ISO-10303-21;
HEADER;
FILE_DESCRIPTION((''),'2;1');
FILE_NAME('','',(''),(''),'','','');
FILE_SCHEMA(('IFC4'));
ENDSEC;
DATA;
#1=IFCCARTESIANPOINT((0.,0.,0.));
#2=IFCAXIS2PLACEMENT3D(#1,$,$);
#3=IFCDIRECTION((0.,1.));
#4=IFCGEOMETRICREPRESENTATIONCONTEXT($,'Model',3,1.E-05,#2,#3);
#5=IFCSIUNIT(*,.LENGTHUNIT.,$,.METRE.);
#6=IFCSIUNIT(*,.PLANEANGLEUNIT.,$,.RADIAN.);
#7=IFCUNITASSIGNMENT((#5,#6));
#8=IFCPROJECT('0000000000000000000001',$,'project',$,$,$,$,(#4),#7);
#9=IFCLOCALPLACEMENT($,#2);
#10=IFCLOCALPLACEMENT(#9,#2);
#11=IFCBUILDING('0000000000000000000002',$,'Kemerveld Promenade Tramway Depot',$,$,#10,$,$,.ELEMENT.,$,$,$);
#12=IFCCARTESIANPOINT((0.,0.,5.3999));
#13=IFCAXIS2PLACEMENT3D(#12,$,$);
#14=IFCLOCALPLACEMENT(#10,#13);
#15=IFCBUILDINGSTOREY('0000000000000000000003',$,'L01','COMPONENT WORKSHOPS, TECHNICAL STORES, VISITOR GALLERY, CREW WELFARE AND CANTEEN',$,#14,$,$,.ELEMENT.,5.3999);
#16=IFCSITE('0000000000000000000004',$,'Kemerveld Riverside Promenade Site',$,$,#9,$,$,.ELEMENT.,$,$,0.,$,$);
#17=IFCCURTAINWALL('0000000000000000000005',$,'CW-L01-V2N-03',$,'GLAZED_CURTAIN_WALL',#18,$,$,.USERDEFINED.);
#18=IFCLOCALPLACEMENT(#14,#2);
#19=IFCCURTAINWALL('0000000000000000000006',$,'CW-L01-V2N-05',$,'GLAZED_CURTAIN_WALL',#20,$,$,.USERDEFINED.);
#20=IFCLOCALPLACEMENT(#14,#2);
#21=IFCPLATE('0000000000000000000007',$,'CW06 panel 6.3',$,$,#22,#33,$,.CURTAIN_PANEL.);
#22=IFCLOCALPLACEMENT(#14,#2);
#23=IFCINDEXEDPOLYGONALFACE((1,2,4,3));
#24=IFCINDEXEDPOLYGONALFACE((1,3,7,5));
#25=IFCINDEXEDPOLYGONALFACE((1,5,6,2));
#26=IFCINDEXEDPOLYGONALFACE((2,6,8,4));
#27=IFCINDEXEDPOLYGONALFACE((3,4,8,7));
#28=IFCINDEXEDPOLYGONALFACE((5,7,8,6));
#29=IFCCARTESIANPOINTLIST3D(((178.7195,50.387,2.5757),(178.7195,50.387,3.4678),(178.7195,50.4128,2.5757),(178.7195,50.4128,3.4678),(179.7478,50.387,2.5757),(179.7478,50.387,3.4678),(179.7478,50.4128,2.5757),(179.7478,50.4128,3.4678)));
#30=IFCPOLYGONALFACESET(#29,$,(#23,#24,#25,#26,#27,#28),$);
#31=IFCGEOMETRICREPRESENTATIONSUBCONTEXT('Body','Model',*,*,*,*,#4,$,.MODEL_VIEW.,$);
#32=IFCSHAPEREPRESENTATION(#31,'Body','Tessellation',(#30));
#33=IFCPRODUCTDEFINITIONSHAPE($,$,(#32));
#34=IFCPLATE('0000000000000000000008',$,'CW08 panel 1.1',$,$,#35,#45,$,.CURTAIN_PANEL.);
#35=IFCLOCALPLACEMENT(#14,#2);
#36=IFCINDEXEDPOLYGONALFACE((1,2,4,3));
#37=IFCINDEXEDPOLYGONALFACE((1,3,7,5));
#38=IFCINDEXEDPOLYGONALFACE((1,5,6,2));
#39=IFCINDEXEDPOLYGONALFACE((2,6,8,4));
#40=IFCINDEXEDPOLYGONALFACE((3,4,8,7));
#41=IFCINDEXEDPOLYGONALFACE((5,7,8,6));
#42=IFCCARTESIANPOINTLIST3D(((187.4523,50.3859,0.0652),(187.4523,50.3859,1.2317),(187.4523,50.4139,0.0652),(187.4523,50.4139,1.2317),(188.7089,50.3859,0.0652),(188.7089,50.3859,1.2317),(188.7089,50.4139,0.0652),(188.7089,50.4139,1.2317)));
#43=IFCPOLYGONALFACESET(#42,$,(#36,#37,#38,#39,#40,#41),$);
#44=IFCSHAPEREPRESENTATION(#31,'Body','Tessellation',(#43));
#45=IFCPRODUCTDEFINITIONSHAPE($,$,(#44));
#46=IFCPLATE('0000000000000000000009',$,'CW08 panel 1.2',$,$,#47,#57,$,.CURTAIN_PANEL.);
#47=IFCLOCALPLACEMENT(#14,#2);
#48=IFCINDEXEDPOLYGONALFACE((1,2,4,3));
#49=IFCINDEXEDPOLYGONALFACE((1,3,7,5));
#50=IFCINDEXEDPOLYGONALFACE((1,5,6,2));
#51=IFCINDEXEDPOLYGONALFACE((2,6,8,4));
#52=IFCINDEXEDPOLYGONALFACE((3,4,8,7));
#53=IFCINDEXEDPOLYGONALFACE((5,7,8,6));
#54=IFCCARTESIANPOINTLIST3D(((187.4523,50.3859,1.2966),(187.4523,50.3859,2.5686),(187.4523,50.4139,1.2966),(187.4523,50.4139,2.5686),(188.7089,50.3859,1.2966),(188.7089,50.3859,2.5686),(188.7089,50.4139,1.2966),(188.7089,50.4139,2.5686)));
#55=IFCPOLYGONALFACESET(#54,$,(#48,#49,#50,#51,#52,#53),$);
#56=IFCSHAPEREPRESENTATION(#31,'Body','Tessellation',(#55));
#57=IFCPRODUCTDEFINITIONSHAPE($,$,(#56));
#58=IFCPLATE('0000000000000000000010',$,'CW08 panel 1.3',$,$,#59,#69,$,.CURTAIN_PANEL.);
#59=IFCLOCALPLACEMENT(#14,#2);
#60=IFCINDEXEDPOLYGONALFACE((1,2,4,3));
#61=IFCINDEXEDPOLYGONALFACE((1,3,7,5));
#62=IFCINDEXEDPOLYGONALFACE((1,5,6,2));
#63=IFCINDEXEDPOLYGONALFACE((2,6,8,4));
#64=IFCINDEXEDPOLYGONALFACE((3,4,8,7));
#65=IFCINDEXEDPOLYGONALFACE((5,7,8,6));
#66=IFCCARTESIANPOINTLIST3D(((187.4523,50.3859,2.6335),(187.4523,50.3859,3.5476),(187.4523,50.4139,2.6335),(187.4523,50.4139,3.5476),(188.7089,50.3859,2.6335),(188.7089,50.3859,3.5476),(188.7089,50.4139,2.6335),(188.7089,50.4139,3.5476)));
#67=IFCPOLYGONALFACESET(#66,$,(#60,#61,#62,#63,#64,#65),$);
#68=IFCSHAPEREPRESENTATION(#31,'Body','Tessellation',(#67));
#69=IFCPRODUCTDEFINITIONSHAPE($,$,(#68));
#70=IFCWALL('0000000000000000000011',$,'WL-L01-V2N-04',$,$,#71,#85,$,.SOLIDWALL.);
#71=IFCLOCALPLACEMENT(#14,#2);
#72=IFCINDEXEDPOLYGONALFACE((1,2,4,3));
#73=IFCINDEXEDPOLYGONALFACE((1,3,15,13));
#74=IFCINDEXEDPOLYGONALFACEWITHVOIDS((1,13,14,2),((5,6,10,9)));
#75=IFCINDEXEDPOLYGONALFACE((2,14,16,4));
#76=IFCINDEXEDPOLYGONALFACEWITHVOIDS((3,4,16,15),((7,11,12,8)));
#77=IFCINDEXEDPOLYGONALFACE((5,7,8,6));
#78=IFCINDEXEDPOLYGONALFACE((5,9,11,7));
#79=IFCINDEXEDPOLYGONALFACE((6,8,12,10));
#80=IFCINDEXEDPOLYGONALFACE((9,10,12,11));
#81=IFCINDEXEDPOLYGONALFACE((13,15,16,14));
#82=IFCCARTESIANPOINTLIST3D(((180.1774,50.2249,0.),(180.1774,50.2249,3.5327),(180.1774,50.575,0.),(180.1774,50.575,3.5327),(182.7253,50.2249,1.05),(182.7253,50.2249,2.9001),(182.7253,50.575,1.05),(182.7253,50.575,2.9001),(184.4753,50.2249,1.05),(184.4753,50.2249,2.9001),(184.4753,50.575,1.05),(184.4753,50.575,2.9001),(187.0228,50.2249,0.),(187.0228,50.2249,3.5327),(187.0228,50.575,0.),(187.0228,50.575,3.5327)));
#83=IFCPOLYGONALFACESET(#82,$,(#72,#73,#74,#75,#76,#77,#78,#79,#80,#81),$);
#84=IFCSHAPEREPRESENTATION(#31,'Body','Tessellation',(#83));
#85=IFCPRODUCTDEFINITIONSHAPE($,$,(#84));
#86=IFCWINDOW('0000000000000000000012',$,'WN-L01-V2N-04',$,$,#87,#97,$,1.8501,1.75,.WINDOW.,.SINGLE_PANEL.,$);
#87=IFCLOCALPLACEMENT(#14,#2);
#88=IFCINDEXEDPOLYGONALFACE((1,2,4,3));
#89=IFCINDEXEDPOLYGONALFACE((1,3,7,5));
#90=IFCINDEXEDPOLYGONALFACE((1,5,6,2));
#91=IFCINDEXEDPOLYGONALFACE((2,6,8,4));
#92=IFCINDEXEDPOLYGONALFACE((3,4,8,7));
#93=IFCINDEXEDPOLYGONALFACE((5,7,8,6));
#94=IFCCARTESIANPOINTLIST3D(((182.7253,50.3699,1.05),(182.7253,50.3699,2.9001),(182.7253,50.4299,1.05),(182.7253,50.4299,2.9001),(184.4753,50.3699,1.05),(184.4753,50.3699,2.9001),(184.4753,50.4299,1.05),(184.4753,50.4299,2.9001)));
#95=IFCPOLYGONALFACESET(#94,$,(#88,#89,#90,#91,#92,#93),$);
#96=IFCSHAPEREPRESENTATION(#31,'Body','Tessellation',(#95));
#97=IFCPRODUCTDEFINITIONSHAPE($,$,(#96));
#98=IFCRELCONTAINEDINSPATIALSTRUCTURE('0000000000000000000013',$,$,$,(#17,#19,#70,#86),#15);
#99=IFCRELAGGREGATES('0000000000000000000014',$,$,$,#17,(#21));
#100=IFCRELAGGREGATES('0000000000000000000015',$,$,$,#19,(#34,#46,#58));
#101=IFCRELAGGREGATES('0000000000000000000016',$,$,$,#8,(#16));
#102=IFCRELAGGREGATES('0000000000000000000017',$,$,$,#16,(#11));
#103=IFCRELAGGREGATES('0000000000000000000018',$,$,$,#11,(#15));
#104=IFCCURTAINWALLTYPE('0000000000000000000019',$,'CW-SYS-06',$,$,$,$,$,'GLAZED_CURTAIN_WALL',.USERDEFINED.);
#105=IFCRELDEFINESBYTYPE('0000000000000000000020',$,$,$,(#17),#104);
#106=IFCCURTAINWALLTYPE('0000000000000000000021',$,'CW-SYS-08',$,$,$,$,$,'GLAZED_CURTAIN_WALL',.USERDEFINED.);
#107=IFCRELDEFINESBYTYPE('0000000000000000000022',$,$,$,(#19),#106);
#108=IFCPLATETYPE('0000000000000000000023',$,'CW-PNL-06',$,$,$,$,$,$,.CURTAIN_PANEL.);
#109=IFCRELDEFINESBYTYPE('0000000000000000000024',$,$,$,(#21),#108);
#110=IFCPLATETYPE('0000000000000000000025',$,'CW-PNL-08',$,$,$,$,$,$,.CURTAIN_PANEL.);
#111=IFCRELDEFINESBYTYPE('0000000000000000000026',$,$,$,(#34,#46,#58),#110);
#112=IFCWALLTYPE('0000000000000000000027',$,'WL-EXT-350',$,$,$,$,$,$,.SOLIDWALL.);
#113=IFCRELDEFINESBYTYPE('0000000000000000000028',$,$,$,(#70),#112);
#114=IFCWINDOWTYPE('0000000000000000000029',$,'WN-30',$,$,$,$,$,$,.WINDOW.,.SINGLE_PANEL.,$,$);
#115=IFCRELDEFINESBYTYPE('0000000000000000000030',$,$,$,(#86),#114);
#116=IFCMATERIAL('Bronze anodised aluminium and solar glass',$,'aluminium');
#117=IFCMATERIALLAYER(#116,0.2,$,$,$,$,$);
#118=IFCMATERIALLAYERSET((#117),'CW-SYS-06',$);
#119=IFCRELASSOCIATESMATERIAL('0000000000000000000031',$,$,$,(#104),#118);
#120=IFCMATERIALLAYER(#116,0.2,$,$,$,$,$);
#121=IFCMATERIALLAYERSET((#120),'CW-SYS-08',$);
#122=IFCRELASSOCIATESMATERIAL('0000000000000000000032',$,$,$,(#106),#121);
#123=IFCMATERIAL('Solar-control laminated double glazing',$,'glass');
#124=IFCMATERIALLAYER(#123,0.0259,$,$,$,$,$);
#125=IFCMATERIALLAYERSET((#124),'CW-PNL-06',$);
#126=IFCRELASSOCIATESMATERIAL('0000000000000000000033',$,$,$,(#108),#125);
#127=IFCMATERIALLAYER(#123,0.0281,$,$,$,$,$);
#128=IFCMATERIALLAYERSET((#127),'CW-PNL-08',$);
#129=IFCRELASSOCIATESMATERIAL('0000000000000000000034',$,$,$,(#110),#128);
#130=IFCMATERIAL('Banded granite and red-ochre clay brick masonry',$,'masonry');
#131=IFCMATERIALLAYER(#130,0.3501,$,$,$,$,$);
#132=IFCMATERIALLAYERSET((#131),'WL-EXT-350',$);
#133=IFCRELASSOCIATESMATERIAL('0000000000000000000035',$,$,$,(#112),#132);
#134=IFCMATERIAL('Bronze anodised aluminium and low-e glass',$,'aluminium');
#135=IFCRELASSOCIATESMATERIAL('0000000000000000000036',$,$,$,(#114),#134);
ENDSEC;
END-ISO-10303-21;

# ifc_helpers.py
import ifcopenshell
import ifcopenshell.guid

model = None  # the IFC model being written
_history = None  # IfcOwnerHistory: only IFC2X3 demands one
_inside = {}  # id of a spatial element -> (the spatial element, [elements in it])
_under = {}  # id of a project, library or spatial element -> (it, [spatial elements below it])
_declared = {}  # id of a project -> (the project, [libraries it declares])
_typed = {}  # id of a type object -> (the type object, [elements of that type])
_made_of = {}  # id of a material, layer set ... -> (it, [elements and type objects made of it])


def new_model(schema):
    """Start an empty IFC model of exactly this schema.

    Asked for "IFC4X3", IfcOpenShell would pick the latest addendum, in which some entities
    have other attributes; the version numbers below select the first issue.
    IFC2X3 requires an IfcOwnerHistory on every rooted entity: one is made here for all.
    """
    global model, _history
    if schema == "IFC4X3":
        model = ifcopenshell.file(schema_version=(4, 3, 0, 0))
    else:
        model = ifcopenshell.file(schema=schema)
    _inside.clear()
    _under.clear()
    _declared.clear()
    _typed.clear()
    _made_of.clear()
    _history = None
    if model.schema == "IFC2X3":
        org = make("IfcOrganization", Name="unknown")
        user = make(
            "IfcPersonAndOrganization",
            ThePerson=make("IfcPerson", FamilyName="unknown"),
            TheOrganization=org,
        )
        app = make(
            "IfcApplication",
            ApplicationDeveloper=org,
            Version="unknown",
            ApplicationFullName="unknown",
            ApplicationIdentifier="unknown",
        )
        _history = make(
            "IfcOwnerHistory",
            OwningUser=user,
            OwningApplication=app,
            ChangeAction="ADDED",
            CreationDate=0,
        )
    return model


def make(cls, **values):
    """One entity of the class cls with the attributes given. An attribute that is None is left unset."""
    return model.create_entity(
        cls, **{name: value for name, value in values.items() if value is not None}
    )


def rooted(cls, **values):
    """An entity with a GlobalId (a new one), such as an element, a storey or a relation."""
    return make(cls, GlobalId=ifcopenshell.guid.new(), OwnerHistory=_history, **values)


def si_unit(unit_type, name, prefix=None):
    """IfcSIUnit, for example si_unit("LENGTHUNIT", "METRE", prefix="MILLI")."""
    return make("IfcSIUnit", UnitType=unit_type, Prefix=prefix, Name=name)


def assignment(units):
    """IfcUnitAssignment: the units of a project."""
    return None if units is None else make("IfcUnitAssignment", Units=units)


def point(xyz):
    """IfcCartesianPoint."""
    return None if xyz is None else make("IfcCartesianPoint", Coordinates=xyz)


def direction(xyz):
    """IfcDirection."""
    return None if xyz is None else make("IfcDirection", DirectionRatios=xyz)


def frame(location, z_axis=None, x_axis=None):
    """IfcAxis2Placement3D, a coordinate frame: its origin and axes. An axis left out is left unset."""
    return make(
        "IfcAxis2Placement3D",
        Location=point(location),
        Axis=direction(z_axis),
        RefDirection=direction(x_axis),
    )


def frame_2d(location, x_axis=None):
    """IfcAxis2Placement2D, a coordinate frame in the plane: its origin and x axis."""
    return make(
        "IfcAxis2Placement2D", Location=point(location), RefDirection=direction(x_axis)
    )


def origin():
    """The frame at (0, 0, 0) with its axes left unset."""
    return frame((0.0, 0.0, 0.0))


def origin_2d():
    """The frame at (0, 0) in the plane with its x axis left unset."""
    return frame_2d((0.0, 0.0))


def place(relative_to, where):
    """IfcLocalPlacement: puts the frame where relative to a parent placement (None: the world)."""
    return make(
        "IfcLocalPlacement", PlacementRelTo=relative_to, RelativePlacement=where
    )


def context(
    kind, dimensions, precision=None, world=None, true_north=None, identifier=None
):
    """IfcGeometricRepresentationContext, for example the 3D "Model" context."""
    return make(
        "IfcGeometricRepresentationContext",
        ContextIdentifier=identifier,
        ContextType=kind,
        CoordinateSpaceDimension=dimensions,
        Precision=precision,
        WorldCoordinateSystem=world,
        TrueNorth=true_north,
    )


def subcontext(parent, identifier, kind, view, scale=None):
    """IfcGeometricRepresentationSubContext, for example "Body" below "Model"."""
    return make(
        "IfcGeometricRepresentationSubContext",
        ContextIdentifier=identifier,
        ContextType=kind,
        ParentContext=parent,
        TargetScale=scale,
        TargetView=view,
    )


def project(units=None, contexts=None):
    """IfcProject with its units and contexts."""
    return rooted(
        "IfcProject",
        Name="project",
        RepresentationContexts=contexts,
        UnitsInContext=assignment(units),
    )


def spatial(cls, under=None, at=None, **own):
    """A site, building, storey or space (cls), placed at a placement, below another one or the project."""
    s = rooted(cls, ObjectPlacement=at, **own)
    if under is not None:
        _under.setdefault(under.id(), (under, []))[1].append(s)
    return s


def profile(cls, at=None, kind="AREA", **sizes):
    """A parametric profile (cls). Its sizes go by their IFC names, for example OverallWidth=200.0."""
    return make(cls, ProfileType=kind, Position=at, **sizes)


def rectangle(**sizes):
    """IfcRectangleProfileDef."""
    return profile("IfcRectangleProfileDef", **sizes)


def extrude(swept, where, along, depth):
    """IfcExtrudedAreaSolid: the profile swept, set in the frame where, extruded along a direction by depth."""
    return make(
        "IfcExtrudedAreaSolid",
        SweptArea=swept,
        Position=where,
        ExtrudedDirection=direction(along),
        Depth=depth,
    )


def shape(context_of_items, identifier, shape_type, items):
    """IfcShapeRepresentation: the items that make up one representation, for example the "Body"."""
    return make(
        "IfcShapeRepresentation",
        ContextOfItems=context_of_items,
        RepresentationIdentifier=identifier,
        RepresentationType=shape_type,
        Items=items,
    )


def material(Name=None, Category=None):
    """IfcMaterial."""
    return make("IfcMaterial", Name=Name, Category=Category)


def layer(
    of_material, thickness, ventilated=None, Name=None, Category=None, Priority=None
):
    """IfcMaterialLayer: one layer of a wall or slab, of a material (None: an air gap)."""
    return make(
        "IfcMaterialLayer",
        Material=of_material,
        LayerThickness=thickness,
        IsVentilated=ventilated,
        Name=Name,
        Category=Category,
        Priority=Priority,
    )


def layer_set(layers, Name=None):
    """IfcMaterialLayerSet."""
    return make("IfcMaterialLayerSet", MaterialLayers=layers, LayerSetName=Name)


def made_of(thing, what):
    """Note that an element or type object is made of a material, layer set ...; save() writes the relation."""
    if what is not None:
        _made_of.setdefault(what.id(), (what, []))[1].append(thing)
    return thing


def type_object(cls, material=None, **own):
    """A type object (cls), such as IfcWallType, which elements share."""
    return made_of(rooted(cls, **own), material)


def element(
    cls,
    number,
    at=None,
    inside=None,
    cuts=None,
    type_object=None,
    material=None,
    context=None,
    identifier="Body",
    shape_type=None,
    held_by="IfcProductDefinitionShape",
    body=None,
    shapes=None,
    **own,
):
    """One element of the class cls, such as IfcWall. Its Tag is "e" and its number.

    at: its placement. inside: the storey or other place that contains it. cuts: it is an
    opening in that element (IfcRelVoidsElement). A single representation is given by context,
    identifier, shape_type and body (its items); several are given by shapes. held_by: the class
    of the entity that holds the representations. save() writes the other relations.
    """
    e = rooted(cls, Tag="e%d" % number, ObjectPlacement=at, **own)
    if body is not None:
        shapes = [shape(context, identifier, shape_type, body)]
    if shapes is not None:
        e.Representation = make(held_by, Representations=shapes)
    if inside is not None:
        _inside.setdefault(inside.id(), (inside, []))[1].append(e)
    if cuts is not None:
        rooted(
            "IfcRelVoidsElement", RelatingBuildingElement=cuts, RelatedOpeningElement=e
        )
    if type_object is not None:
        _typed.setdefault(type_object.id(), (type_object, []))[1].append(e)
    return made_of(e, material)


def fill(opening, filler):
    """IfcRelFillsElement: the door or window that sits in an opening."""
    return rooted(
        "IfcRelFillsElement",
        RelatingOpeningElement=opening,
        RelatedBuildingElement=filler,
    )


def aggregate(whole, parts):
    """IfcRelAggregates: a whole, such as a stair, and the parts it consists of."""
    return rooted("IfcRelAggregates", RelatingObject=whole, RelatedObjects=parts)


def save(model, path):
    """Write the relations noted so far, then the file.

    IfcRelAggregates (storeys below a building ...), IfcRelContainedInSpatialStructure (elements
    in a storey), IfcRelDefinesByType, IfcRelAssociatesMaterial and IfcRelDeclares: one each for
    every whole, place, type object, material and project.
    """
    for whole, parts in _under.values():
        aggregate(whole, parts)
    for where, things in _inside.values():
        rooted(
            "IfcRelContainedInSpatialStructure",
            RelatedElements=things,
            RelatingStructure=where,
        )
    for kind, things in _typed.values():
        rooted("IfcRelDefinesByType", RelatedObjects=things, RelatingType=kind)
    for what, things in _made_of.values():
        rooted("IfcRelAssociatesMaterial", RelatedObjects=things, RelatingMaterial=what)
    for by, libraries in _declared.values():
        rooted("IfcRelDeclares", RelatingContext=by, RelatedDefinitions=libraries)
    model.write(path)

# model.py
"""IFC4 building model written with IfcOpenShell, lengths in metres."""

from ifc_helpers import new_model, si_unit, direction, frame, frame_2d, origin, origin_2d, place, context, subcontext, project, spatial, rectangle, extrude, material, layer, layer_set, type_object, element, fill, aggregate, save


model = new_model("IFC4")

# Units and contexts
model_context = context("Model", 3, precision=1e-05, world=origin(), true_north=direction((0.0, 1.0)))
body_context = subcontext(model_context, "Body", "Model", "MODEL_VIEW")
ifc_project = project(units=[si_unit("LENGTHUNIT", "METRE"), si_unit("PLANEANGLEUNIT", "RADIAN")], contexts=[model_context])

# Site, building, storey
site_placement = place(None, origin())
site = spatial("IfcSite", under=ifc_project, at=site_placement, Name="Kemerveld Riverside Promenade Site", CompositionType="ELEMENT", RefElevation=0.0)
building_placement = place(site_placement, origin())
building = spatial("IfcBuilding", under=site, at=building_placement, Name="Kemerveld Promenade Tramway Depot", CompositionType="ELEMENT")
storey_placement = place(building_placement, frame((0.0, 0.0, 5.3999)))
storey = spatial("IfcBuildingStorey", under=building, at=storey_placement, Name="L01", Description="COMPONENT WORKSHOPS, TECHNICAL STORES, VISITOR GALLERY, CREW WELFARE AND CANTEEN", CompositionType="ELEMENT", Elevation=5.3999)

# Curtain walls
ifc_material_1 = material(Name="Bronze anodised aluminium and solar glass", Category="aluminium")
ifc_layer_1 = layer(ifc_material_1, 0.2)
ifc_layer_set_1 = layer_set([ifc_layer_1], Name="CW-SYS-06")
curtain_wall_type_1 = type_object("IfcCurtainWallType", Name="CW-SYS-06", ElementType="GLAZED_CURTAIN_WALL", PredefinedType="USERDEFINED", material=ifc_layer_set_1)
curtain_wall_1_placement = place(storey_placement, origin())
curtain_wall_1 = element("IfcCurtainWall", 1, at=curtain_wall_1_placement, inside=storey, type_object=curtain_wall_type_1, Name="CW-L01-V2N-03", ObjectType="GLAZED_CURTAIN_WALL", PredefinedType="USERDEFINED")
ifc_layer_2 = layer(ifc_material_1, 0.2)
ifc_layer_set_2 = layer_set([ifc_layer_2], Name="CW-SYS-08")
curtain_wall_type_2 = type_object("IfcCurtainWallType", Name="CW-SYS-08", ElementType="GLAZED_CURTAIN_WALL", PredefinedType="USERDEFINED", material=ifc_layer_set_2)
curtain_wall_2_placement = place(storey_placement, origin())
curtain_wall_2 = element("IfcCurtainWall", 2, at=curtain_wall_2_placement, inside=storey, type_object=curtain_wall_type_2, Name="CW-L01-V2N-05", ObjectType="GLAZED_CURTAIN_WALL", PredefinedType="USERDEFINED")

# Plates
ifc_material_2 = material(Name="Solar-control laminated double glazing", Category="glass")
ifc_layer_3 = layer(ifc_material_2, 0.0259)
ifc_layer_set_3 = layer_set([ifc_layer_3], Name="CW-PNL-06")
plate_type_1 = type_object("IfcPlateType", Name="CW-PNL-06", PredefinedType="CURTAIN_PANEL", material=ifc_layer_set_3)
plate_1_placement = place(storey_placement, frame((179.2336, 50.3999, 2.5757), z_axis=(0.0, 0.0, 1.0), x_axis=(1.0, 0.0, 0.0)))
plate_1 = element("IfcPlate", 3, at=plate_1_placement, type_object=plate_type_1, Name="CW06 panel 6.3", PredefinedType="CURTAIN_PANEL", context=body_context, shape_type="SweptSolid", body=[
    extrude(rectangle(XDim=1.0283, YDim=0.0259, at=origin_2d()), origin(), (0.0, 0.0, 1.0), 0.8921),
])
aggregate(curtain_wall_1, [plate_1])
ifc_layer_4 = layer(ifc_material_2, 0.0281)
ifc_layer_set_4 = layer_set([ifc_layer_4], Name="CW-PNL-08")
plate_type_2 = type_object("IfcPlateType", Name="CW-PNL-08", PredefinedType="CURTAIN_PANEL", material=ifc_layer_set_4)
plate_2_placement = place(storey_placement, frame((188.0806, 50.3999, 0.0652), z_axis=(0.0, 0.0, 1.0), x_axis=(1.0, 0.0, 0.0)))
plate_2 = element("IfcPlate", 4, at=plate_2_placement, type_object=plate_type_2, Name="CW08 panel 1.1", PredefinedType="CURTAIN_PANEL", context=body_context, shape_type="SweptSolid", body=[
    extrude(rectangle(XDim=1.2566, YDim=0.0281, at=origin_2d()), origin(), (0.0, 0.0, 1.0), 1.1665),
])
plate_3_placement = place(storey_placement, frame((188.0806, 50.3999, 1.2966), z_axis=(0.0, 0.0, 1.0), x_axis=(1.0, 0.0, 0.0)))
plate_3 = element("IfcPlate", 5, at=plate_3_placement, type_object=plate_type_2, Name="CW08 panel 1.2", PredefinedType="CURTAIN_PANEL", context=body_context, shape_type="SweptSolid", body=[
    extrude(rectangle(XDim=1.2566, YDim=0.0281, at=origin_2d()), origin(), (0.0, 0.0, 1.0), 1.272),
])
plate_4_placement = place(storey_placement, frame((188.0806, 50.3999, 2.6335), z_axis=(0.0, 0.0, 1.0), x_axis=(1.0, 0.0, 0.0)))
plate_4 = element("IfcPlate", 6, at=plate_4_placement, type_object=plate_type_2, Name="CW08 panel 1.3", PredefinedType="CURTAIN_PANEL", context=body_context, shape_type="SweptSolid", body=[
    extrude(rectangle(XDim=1.2566, YDim=0.0281, at=origin_2d()), origin(), (0.0, 0.0, 1.0), 0.9141),
])
aggregate(curtain_wall_2, [plate_2, plate_3, plate_4])

# Wall, opening, window
ifc_material_3 = material(Name="Banded granite and red-ochre clay brick masonry", Category="masonry")
ifc_layer_5 = layer(ifc_material_3, 0.3501)
ifc_layer_set_5 = layer_set([ifc_layer_5], Name="WL-EXT-350")
wall_type = type_object("IfcWallType", Name="WL-EXT-350", PredefinedType="SOLIDWALL", material=ifc_layer_set_5)
wall_placement = place(storey_placement, frame((180.1772, 50.3999, 0.0), z_axis=(0.0, 0.0, 1.0), x_axis=(1.0, 0.0, 0.0)))
wall = element("IfcWall", 7, at=wall_placement, inside=storey, type_object=wall_type, Name="WL-L01-V2N-04", PredefinedType="SOLIDWALL", context=body_context, shape_type="SweptSolid", body=[
    extrude(rectangle(XDim=6.8455, YDim=0.3501, at=frame_2d((3.4229, 0.0))), origin(), (0.0, 0.0, 1.0), 3.5327),
])
opening_placement = place(wall_placement, frame((2.5481, 0.0, 1.05)))
opening = element("IfcOpeningElement", 8, at=opening_placement, cuts=wall, PredefinedType="OPENING", context=body_context, shape_type="SweptSolid", body=[
    extrude(rectangle(XDim=1.75, YDim=1.8501, at=frame_2d((0.875, 0.925))), frame((0.0, 0.1851, 0.0), z_axis=(0.0, -1.0, 0.0), x_axis=(1.0, 0.0, 0.0)), (0.0, 0.0, 1.0), 0.3701),
])
ifc_material_4 = material(Name="Bronze anodised aluminium and low-e glass", Category="aluminium")
window_type = type_object("IfcWindowType", Name="WN-30", PartitioningType="SINGLE_PANEL", PredefinedType="WINDOW", material=ifc_material_4)
window_placement = place(opening_placement, origin())
window = element("IfcWindow", 9, at=window_placement, inside=storey, type_object=window_type, Name="WN-L01-V2N-04", OverallHeight=1.8501, OverallWidth=1.75, PartitioningType="SINGLE_PANEL", PredefinedType="WINDOW", context=body_context, shape_type="SweptSolid", body=[
    extrude(rectangle(XDim=1.75, YDim=1.8501, at=frame_2d((0.875, 0.925))), frame((0.0, 0.03, 0.0), z_axis=(0.0, -1.0, 0.0), x_axis=(1.0, 0.0, 0.0)), (0.0, 0.0, 1.0), 0.0601),
])
fill(opening, window)

save(model, "model.ifc")
